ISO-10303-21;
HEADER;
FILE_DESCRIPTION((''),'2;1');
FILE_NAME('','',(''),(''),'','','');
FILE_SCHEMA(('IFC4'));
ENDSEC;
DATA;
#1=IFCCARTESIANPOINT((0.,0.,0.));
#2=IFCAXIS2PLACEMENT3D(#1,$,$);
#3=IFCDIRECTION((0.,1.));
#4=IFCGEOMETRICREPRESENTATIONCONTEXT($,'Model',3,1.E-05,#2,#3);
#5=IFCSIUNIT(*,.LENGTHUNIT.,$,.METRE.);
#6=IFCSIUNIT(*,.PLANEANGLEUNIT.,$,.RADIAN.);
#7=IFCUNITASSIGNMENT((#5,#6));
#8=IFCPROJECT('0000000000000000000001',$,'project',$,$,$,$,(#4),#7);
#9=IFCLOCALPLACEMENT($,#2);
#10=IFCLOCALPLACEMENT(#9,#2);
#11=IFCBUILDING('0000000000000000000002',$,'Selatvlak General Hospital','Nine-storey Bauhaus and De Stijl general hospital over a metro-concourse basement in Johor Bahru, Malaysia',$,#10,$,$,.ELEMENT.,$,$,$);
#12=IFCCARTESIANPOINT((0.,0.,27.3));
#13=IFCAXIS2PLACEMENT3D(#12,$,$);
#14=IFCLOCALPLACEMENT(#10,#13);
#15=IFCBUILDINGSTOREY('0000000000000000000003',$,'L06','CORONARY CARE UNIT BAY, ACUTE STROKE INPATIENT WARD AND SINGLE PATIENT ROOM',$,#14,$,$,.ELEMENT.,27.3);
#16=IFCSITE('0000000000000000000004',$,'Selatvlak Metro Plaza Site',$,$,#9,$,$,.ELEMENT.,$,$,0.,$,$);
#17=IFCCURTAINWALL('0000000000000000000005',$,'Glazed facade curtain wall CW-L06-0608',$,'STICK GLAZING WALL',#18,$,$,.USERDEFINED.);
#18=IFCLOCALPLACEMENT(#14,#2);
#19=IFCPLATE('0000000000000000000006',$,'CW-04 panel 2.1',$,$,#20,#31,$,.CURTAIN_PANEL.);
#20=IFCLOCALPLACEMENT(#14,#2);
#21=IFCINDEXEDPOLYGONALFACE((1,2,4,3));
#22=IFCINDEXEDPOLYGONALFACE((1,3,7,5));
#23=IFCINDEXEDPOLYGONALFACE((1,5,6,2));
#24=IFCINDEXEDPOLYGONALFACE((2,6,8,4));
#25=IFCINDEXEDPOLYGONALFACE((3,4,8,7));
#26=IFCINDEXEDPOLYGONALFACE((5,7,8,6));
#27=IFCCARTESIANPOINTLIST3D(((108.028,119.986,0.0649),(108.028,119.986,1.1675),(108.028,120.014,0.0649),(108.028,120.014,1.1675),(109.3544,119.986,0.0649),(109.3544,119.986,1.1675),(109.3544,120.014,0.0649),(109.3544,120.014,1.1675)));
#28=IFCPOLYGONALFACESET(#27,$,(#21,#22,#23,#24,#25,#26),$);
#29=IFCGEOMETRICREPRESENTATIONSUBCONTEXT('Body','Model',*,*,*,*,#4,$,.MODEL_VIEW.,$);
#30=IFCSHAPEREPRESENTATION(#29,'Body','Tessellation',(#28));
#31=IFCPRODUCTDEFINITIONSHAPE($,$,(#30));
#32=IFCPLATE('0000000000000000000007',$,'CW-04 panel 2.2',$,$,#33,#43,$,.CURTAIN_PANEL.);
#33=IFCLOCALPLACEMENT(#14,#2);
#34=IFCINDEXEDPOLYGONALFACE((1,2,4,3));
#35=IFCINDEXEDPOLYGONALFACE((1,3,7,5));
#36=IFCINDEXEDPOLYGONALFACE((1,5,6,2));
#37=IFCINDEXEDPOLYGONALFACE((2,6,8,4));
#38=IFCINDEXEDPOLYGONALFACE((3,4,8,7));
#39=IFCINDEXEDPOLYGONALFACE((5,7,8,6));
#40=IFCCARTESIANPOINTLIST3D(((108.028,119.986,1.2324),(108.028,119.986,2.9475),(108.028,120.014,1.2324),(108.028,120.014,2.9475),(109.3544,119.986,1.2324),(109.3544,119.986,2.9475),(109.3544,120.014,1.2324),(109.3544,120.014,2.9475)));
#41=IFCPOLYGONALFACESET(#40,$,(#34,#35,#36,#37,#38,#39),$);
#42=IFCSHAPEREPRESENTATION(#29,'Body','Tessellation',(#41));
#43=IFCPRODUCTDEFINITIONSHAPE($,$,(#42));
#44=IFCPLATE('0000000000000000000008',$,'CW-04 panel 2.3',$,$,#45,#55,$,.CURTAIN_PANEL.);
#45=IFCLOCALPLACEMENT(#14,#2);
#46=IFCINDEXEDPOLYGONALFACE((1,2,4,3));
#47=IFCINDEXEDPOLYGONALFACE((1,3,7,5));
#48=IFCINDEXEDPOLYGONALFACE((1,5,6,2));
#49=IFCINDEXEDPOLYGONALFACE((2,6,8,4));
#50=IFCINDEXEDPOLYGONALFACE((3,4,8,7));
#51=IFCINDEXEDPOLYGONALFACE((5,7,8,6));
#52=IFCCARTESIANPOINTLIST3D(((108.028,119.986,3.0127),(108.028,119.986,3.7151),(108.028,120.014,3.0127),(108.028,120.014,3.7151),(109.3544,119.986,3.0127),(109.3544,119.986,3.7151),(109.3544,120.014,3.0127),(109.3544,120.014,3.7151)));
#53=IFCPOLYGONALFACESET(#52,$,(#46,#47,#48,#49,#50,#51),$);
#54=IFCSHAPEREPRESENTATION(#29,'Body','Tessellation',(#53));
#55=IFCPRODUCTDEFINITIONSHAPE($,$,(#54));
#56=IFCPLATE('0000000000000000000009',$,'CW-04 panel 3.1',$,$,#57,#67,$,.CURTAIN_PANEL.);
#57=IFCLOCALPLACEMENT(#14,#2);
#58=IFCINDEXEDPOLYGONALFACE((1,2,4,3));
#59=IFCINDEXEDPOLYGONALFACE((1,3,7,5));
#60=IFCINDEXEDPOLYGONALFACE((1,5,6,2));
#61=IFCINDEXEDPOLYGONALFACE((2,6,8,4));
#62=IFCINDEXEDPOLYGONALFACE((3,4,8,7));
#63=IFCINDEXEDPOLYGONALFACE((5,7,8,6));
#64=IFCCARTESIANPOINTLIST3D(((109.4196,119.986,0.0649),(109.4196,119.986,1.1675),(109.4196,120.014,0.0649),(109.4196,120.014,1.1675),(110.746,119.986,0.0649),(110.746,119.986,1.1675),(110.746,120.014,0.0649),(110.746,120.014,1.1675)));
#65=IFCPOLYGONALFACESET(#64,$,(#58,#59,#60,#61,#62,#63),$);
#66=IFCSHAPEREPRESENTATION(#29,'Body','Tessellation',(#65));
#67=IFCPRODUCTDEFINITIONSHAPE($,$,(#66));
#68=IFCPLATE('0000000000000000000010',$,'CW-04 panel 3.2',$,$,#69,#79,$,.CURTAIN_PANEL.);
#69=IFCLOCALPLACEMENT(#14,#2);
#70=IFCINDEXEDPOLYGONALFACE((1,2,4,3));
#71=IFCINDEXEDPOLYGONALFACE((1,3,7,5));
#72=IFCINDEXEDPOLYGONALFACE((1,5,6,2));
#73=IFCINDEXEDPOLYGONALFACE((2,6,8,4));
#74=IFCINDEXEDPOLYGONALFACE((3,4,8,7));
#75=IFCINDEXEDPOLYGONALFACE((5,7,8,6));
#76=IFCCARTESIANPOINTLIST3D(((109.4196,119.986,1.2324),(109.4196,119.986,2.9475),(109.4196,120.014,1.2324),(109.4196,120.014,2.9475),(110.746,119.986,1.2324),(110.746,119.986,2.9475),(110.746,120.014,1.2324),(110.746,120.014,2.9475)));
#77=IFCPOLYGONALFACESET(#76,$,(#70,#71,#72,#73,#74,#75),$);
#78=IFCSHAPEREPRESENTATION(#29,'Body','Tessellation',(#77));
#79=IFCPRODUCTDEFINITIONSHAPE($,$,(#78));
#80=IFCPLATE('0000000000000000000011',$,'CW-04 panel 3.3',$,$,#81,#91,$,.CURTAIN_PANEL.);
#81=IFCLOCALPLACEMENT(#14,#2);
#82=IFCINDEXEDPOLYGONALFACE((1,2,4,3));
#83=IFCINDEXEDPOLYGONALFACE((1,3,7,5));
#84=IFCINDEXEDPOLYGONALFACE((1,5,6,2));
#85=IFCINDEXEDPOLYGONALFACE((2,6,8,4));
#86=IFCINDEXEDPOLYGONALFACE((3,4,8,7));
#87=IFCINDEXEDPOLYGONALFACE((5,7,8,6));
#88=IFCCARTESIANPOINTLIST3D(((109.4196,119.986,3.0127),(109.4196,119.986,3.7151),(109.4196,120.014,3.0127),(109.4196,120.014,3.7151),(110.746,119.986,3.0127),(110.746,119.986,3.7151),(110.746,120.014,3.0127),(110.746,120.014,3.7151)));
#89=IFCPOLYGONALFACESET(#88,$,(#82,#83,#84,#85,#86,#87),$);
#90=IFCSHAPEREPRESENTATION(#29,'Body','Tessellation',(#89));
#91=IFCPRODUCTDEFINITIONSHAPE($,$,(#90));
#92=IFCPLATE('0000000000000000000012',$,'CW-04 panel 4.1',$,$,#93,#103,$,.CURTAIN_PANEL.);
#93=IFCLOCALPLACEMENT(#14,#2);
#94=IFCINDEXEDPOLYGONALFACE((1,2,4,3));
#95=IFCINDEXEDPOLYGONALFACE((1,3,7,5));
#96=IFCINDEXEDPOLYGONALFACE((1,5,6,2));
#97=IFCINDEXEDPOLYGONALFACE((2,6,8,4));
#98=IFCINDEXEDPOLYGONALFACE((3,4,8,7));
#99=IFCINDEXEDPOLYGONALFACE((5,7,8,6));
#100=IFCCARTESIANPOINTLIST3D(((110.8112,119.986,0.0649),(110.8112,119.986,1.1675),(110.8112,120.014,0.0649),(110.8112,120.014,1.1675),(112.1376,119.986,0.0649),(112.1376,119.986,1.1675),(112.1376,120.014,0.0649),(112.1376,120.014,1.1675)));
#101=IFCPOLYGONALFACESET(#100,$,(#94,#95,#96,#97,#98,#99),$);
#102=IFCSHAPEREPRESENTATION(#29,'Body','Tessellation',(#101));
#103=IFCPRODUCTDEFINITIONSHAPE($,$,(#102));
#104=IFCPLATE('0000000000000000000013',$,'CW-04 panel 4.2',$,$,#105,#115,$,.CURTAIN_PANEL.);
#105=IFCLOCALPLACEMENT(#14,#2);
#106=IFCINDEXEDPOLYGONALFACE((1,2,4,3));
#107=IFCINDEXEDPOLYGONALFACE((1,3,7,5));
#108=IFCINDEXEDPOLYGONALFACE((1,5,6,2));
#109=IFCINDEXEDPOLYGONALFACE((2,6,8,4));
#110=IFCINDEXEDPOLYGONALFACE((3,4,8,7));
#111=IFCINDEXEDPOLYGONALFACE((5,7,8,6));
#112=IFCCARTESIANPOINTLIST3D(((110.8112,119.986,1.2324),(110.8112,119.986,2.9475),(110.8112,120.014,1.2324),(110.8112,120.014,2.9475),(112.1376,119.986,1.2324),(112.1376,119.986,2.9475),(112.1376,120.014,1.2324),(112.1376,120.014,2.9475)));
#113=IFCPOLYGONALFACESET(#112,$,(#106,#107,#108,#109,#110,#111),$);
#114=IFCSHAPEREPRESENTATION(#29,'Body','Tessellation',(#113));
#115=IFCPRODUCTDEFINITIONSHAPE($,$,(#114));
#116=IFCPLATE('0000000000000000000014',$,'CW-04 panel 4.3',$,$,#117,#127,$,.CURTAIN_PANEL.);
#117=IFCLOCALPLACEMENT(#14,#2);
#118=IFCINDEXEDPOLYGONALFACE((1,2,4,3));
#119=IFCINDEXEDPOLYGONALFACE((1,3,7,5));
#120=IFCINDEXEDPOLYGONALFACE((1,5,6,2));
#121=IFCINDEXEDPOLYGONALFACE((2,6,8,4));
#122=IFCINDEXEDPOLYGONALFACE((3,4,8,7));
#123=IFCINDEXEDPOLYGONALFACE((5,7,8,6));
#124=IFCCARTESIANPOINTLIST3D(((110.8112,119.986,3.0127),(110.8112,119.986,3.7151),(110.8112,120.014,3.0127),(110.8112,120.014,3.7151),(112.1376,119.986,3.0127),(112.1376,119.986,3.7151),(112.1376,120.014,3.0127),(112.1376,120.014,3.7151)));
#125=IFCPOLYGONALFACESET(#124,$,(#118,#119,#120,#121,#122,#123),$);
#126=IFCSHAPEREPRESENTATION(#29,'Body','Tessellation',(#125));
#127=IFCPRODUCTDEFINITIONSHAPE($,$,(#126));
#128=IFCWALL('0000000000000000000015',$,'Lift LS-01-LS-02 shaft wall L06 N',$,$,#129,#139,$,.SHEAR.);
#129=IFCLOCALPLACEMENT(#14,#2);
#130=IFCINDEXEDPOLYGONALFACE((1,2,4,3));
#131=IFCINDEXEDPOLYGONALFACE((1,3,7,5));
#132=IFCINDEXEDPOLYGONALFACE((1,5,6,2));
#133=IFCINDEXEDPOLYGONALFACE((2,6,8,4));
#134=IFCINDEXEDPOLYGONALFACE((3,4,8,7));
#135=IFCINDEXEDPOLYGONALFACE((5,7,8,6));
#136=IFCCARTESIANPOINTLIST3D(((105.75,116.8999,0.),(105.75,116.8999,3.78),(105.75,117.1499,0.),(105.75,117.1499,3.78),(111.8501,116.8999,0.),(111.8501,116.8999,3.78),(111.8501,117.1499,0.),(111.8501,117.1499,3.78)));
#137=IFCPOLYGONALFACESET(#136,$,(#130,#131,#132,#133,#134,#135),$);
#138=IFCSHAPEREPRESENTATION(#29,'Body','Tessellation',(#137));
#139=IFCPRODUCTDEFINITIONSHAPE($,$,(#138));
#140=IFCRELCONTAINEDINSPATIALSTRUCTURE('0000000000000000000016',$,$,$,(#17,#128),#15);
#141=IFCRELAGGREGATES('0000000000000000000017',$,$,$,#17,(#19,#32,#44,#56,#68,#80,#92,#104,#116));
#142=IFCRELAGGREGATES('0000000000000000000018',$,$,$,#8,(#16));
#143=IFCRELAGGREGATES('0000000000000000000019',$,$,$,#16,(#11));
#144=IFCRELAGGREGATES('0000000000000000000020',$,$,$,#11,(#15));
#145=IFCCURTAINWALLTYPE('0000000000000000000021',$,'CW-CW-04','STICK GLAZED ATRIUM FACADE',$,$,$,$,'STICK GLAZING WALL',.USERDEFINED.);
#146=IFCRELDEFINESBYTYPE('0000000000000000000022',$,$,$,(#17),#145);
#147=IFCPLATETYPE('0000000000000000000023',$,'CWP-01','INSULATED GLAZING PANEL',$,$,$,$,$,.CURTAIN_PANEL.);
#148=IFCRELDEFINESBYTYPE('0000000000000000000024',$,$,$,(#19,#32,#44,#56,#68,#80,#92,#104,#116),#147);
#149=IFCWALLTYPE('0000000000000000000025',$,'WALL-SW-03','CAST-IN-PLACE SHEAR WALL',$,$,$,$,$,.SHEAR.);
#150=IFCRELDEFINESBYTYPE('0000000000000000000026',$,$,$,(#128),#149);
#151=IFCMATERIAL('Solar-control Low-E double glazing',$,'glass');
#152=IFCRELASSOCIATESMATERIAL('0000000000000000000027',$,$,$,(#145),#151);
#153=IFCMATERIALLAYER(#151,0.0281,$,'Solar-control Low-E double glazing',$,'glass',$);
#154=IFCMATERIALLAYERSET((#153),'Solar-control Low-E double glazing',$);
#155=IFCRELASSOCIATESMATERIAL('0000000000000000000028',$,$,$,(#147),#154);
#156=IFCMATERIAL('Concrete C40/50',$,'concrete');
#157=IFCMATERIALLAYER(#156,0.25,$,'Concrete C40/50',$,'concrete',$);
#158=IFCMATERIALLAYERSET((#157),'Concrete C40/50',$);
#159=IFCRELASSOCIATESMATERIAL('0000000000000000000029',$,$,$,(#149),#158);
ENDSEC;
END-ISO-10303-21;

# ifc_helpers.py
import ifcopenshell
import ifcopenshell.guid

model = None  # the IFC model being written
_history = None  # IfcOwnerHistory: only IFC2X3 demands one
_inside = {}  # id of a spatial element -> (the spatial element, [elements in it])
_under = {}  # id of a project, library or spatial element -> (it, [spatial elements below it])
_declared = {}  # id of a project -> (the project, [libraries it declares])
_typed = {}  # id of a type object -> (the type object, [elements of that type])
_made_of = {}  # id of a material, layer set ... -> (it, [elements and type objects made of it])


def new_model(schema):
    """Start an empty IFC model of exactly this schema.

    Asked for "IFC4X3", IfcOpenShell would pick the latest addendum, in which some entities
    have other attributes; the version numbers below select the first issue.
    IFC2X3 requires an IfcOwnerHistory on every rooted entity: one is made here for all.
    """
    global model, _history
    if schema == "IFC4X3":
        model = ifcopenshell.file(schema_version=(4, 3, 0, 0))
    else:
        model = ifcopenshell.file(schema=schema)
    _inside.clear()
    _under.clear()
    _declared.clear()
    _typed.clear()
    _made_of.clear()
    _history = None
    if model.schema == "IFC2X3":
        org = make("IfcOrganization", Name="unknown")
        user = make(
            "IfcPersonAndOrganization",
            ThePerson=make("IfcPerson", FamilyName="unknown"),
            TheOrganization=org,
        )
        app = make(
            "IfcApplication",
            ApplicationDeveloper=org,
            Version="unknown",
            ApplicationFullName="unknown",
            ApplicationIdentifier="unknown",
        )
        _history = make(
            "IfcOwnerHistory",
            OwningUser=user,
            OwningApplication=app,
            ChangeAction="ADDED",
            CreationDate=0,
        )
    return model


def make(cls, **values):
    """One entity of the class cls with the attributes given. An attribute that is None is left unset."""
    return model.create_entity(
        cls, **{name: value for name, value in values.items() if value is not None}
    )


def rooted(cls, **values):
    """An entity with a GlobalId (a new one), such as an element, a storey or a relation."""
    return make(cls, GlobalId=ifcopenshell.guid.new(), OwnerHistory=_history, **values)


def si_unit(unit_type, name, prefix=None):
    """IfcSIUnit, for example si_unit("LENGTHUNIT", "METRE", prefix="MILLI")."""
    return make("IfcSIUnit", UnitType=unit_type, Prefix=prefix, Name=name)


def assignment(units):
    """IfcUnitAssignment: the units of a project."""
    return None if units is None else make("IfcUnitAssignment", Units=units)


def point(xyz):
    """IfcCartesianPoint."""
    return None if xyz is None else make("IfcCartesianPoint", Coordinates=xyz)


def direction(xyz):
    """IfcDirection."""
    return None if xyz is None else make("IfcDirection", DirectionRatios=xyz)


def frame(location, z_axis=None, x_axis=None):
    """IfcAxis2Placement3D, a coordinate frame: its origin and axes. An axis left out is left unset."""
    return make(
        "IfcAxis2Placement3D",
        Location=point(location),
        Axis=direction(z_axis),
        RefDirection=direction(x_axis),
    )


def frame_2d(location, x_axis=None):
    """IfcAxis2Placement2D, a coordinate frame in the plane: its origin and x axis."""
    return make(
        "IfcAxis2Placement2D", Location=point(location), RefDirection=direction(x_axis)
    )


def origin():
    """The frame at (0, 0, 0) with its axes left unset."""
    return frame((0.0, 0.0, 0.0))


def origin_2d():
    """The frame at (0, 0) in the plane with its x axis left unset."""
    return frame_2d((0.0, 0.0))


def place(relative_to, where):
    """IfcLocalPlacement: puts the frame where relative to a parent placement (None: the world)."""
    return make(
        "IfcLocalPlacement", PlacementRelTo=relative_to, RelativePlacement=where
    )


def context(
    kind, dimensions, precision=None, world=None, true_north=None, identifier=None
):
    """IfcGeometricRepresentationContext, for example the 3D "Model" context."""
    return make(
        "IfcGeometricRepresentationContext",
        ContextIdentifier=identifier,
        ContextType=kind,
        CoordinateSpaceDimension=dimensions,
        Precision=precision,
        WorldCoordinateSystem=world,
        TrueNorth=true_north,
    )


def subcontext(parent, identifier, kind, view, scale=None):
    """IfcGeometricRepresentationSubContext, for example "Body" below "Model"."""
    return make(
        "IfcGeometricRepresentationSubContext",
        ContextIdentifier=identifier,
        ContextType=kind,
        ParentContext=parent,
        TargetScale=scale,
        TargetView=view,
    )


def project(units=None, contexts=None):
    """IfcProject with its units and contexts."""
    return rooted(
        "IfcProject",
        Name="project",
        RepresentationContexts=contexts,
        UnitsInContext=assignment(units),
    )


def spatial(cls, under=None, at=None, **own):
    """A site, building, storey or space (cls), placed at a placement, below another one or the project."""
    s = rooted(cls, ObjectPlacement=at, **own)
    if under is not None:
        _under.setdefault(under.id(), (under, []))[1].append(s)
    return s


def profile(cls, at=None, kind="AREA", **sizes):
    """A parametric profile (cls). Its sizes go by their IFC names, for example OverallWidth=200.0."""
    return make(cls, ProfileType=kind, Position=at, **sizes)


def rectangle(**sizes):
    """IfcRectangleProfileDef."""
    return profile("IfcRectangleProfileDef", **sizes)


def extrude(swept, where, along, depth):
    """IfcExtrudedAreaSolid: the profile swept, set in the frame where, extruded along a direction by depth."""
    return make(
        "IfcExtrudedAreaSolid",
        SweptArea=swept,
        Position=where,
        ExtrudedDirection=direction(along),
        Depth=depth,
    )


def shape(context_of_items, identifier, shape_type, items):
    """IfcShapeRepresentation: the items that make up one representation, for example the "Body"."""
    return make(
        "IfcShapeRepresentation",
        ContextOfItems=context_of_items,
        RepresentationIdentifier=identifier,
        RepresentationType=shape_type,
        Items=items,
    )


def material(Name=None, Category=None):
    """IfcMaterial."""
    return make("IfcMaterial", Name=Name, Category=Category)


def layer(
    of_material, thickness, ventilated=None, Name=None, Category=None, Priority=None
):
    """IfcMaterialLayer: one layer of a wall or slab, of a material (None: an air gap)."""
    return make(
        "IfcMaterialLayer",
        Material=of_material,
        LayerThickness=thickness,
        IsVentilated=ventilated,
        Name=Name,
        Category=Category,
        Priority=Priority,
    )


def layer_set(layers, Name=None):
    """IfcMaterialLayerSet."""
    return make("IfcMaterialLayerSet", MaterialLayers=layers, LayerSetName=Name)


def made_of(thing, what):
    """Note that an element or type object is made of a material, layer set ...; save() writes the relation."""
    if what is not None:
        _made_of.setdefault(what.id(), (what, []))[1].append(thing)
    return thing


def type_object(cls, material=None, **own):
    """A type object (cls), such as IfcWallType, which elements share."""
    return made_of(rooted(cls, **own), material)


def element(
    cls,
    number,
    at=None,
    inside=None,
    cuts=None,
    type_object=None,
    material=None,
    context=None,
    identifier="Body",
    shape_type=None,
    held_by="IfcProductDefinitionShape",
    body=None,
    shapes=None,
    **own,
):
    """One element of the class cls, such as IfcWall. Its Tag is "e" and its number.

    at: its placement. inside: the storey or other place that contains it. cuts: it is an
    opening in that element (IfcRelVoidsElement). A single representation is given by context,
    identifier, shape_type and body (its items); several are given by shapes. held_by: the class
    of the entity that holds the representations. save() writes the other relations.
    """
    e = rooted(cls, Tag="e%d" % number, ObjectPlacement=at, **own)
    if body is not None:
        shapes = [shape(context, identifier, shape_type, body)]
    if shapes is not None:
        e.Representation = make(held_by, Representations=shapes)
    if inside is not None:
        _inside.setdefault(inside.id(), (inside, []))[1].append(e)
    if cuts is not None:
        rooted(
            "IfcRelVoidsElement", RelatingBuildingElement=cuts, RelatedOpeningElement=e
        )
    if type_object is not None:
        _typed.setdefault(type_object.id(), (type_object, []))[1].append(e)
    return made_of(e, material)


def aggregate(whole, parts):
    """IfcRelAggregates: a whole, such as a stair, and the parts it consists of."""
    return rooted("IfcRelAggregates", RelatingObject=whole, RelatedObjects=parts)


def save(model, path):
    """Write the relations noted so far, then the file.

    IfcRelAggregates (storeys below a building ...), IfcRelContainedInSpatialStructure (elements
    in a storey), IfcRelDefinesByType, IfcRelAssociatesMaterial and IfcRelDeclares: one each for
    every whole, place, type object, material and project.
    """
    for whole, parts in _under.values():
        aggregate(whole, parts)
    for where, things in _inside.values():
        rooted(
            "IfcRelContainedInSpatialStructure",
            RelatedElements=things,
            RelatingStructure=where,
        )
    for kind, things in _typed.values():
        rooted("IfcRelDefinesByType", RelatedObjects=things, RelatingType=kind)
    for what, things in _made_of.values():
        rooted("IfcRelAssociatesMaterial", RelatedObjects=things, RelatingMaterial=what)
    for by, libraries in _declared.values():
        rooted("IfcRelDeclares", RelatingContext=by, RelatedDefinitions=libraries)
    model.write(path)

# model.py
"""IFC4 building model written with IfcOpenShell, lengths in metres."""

from ifc_helpers import new_model, si_unit, direction, frame, frame_2d, origin, origin_2d, place, context, subcontext, project, spatial, rectangle, extrude, material, layer, layer_set, type_object, element, aggregate, save


model = new_model("IFC4")

# Units and contexts
model_context = context("Model", 3, precision=1e-05, world=origin(), true_north=direction((0.0, 1.0)))
body_context = subcontext(model_context, "Body", "Model", "MODEL_VIEW")
ifc_project = project(units=[si_unit("LENGTHUNIT", "METRE"), si_unit("PLANEANGLEUNIT", "RADIAN")], contexts=[model_context])

# Site, building, storey
site_placement = place(None, origin())
site = spatial("IfcSite", under=ifc_project, at=site_placement, Name="Selatvlak Metro Plaza Site", CompositionType="ELEMENT", RefElevation=0.0)
building_placement = place(site_placement, origin())
building = spatial("IfcBuilding", under=site, at=building_placement, Name="Selatvlak General Hospital", Description="Nine-storey Bauhaus and De Stijl general hospital over a metro-concourse basement in Johor Bahru, Malaysia", CompositionType="ELEMENT")
storey_placement = place(building_placement, frame((0.0, 0.0, 27.3)))
storey = spatial("IfcBuildingStorey", under=building, at=storey_placement, Name="L06", Description="CORONARY CARE UNIT BAY, ACUTE STROKE INPATIENT WARD AND SINGLE PATIENT ROOM", CompositionType="ELEMENT", Elevation=27.3)

# Curtain wall, plates
ifc_material_1 = material(Name="Solar-control Low-E double glazing", Category="glass")
curtain_wall_type = type_object("IfcCurtainWallType", Name="CW-CW-04", Description="STICK GLAZED ATRIUM FACADE", ElementType="STICK GLAZING WALL", PredefinedType="USERDEFINED", material=ifc_material_1)
curtain_wall_placement = place(storey_placement, origin())
curtain_wall = element("IfcCurtainWall", 1, at=curtain_wall_placement, inside=storey, type_object=curtain_wall_type, Name="Glazed facade curtain wall CW-L06-0608", ObjectType="STICK GLAZING WALL", PredefinedType="USERDEFINED")
ifc_layer_1 = layer(ifc_material_1, 0.0281, Name="Solar-control Low-E double glazing", Category="glass")
ifc_layer_set_1 = layer_set([ifc_layer_1], Name="Solar-control Low-E double glazing")
plate_type = type_object("IfcPlateType", Name="CWP-01", Description="INSULATED GLAZING PANEL", PredefinedType="CURTAIN_PANEL", material=ifc_layer_set_1)
plate_1_placement = place(storey_placement, frame((108.6912, 120.0, 0.0649), z_axis=(0.0, 0.0, 1.0), x_axis=(1.0, 0.0, 0.0)))
plate_1 = element("IfcPlate", 2, at=plate_1_placement, type_object=plate_type, Name="CW-04 panel 2.1", PredefinedType="CURTAIN_PANEL", context=body_context, shape_type="SweptSolid", body=[
    extrude(rectangle(XDim=1.3264, YDim=0.0281, at=origin_2d()), origin(), (0.0, 0.0, 1.0), 1.1025),
])
plate_2_placement = place(storey_placement, frame((108.6912, 120.0, 1.2324), z_axis=(0.0, 0.0, 1.0), x_axis=(1.0, 0.0, 0.0)))
plate_2 = element("IfcPlate", 3, at=plate_2_placement, type_object=plate_type, Name="CW-04 panel 2.2", PredefinedType="CURTAIN_PANEL", context=body_context, shape_type="SweptSolid", body=[
    extrude(rectangle(XDim=1.3264, YDim=0.0281, at=origin_2d()), origin(), (0.0, 0.0, 1.0), 1.7151),
])
plate_3_placement = place(storey_placement, frame((108.6912, 120.0, 3.0127), z_axis=(0.0, 0.0, 1.0), x_axis=(1.0, 0.0, 0.0)))
plate_3 = element("IfcPlate", 4, at=plate_3_placement, type_object=plate_type, Name="CW-04 panel 2.3", PredefinedType="CURTAIN_PANEL", context=body_context, shape_type="SweptSolid", body=[
    extrude(rectangle(XDim=1.3264, YDim=0.0281, at=origin_2d()), origin(), (0.0, 0.0, 1.0), 0.7024),
])
plate_4_placement = place(storey_placement, frame((110.0828, 120.0, 0.0649), z_axis=(0.0, 0.0, 1.0), x_axis=(1.0, 0.0, 0.0)))
plate_4 = element("IfcPlate", 5, at=plate_4_placement, type_object=plate_type, Name="CW-04 panel 3.1", PredefinedType="CURTAIN_PANEL", context=body_context, shape_type="SweptSolid", body=[
    extrude(rectangle(XDim=1.3264, YDim=0.0281, at=origin_2d()), origin(), (0.0, 0.0, 1.0), 1.1025),
])
plate_5_placement = place(storey_placement, frame((110.0828, 120.0, 1.2324), z_axis=(0.0, 0.0, 1.0), x_axis=(1.0, 0.0, 0.0)))
plate_5 = element("IfcPlate", 6, at=plate_5_placement, type_object=plate_type, Name="CW-04 panel 3.2", PredefinedType="CURTAIN_PANEL", context=body_context, shape_type="SweptSolid", body=[
    extrude(rectangle(XDim=1.3264, YDim=0.0281, at=origin_2d()), origin(), (0.0, 0.0, 1.0), 1.7151),
])
plate_6_placement = place(storey_placement, frame((110.0828, 120.0, 3.0127), z_axis=(0.0, 0.0, 1.0), x_axis=(1.0, 0.0, 0.0)))
plate_6 = element("IfcPlate", 7, at=plate_6_placement, type_object=plate_type, Name="CW-04 panel 3.3", PredefinedType="CURTAIN_PANEL", context=body_context, shape_type="SweptSolid", body=[
    extrude(rectangle(XDim=1.3264, YDim=0.0281, at=origin_2d()), origin(), (0.0, 0.0, 1.0), 0.7024),
])
plate_7_placement = place(storey_placement, frame((111.4744, 120.0, 0.0649), z_axis=(0.0, 0.0, 1.0), x_axis=(1.0, 0.0, 0.0)))
plate_7 = element("IfcPlate", 8, at=plate_7_placement, type_object=plate_type, Name="CW-04 panel 4.1", PredefinedType="CURTAIN_PANEL", context=body_context, shape_type="SweptSolid", body=[
    extrude(rectangle(XDim=1.3264, YDim=0.0281, at=origin_2d()), origin(), (0.0, 0.0, 1.0), 1.1025),
])
plate_8_placement = place(storey_placement, frame((111.4744, 120.0, 1.2324), z_axis=(0.0, 0.0, 1.0), x_axis=(1.0, 0.0, 0.0)))
plate_8 = element("IfcPlate", 9, at=plate_8_placement, type_object=plate_type, Name="CW-04 panel 4.2", PredefinedType="CURTAIN_PANEL", context=body_context, shape_type="SweptSolid", body=[
    extrude(rectangle(XDim=1.3264, YDim=0.0281, at=origin_2d()), origin(), (0.0, 0.0, 1.0), 1.7151),
])
plate_9_placement = place(storey_placement, frame((111.4744, 120.0, 3.0127), z_axis=(0.0, 0.0, 1.0), x_axis=(1.0, 0.0, 0.0)))
plate_9 = element("IfcPlate", 10, at=plate_9_placement, type_object=plate_type, Name="CW-04 panel 4.3", PredefinedType="CURTAIN_PANEL", context=body_context, shape_type="SweptSolid", body=[
    extrude(rectangle(XDim=1.3264, YDim=0.0281, at=origin_2d()), origin(), (0.0, 0.0, 1.0), 0.7024),
])
aggregate(curtain_wall, [plate_1, plate_2, plate_3, plate_4, plate_5, plate_6, plate_7, plate_8, plate_9])

# Wall
ifc_material_2 = material(Name="Concrete C40/50", Category="concrete")
ifc_layer_2 = layer(ifc_material_2, 0.25, Name="Concrete C40/50", Category="concrete")
ifc_layer_set_2 = layer_set([ifc_layer_2], Name="Concrete C40/50")
wall_type = type_object("IfcWallType", Name="WALL-SW-03", Description="CAST-IN-PLACE SHEAR WALL", PredefinedType="SHEAR", material=ifc_layer_set_2)
wall_placement = place(storey_placement, frame((111.8501, 117.0249, 0.0), z_axis=(0.0, 0.0, 1.0), x_axis=(-1.0, 0.0, 0.0)))
element("IfcWall", 11, at=wall_placement, inside=storey, type_object=wall_type, Name="Lift LS-01-LS-02 shaft wall L06 N", PredefinedType="SHEAR", context=body_context, shape_type="SweptSolid", body=[
    extrude(rectangle(XDim=6.1001, YDim=0.25, at=frame_2d((3.05, 0.0))), origin(), (0.0, 0.0, 1.0), 3.78),
])

save(model, "model.ifc")
